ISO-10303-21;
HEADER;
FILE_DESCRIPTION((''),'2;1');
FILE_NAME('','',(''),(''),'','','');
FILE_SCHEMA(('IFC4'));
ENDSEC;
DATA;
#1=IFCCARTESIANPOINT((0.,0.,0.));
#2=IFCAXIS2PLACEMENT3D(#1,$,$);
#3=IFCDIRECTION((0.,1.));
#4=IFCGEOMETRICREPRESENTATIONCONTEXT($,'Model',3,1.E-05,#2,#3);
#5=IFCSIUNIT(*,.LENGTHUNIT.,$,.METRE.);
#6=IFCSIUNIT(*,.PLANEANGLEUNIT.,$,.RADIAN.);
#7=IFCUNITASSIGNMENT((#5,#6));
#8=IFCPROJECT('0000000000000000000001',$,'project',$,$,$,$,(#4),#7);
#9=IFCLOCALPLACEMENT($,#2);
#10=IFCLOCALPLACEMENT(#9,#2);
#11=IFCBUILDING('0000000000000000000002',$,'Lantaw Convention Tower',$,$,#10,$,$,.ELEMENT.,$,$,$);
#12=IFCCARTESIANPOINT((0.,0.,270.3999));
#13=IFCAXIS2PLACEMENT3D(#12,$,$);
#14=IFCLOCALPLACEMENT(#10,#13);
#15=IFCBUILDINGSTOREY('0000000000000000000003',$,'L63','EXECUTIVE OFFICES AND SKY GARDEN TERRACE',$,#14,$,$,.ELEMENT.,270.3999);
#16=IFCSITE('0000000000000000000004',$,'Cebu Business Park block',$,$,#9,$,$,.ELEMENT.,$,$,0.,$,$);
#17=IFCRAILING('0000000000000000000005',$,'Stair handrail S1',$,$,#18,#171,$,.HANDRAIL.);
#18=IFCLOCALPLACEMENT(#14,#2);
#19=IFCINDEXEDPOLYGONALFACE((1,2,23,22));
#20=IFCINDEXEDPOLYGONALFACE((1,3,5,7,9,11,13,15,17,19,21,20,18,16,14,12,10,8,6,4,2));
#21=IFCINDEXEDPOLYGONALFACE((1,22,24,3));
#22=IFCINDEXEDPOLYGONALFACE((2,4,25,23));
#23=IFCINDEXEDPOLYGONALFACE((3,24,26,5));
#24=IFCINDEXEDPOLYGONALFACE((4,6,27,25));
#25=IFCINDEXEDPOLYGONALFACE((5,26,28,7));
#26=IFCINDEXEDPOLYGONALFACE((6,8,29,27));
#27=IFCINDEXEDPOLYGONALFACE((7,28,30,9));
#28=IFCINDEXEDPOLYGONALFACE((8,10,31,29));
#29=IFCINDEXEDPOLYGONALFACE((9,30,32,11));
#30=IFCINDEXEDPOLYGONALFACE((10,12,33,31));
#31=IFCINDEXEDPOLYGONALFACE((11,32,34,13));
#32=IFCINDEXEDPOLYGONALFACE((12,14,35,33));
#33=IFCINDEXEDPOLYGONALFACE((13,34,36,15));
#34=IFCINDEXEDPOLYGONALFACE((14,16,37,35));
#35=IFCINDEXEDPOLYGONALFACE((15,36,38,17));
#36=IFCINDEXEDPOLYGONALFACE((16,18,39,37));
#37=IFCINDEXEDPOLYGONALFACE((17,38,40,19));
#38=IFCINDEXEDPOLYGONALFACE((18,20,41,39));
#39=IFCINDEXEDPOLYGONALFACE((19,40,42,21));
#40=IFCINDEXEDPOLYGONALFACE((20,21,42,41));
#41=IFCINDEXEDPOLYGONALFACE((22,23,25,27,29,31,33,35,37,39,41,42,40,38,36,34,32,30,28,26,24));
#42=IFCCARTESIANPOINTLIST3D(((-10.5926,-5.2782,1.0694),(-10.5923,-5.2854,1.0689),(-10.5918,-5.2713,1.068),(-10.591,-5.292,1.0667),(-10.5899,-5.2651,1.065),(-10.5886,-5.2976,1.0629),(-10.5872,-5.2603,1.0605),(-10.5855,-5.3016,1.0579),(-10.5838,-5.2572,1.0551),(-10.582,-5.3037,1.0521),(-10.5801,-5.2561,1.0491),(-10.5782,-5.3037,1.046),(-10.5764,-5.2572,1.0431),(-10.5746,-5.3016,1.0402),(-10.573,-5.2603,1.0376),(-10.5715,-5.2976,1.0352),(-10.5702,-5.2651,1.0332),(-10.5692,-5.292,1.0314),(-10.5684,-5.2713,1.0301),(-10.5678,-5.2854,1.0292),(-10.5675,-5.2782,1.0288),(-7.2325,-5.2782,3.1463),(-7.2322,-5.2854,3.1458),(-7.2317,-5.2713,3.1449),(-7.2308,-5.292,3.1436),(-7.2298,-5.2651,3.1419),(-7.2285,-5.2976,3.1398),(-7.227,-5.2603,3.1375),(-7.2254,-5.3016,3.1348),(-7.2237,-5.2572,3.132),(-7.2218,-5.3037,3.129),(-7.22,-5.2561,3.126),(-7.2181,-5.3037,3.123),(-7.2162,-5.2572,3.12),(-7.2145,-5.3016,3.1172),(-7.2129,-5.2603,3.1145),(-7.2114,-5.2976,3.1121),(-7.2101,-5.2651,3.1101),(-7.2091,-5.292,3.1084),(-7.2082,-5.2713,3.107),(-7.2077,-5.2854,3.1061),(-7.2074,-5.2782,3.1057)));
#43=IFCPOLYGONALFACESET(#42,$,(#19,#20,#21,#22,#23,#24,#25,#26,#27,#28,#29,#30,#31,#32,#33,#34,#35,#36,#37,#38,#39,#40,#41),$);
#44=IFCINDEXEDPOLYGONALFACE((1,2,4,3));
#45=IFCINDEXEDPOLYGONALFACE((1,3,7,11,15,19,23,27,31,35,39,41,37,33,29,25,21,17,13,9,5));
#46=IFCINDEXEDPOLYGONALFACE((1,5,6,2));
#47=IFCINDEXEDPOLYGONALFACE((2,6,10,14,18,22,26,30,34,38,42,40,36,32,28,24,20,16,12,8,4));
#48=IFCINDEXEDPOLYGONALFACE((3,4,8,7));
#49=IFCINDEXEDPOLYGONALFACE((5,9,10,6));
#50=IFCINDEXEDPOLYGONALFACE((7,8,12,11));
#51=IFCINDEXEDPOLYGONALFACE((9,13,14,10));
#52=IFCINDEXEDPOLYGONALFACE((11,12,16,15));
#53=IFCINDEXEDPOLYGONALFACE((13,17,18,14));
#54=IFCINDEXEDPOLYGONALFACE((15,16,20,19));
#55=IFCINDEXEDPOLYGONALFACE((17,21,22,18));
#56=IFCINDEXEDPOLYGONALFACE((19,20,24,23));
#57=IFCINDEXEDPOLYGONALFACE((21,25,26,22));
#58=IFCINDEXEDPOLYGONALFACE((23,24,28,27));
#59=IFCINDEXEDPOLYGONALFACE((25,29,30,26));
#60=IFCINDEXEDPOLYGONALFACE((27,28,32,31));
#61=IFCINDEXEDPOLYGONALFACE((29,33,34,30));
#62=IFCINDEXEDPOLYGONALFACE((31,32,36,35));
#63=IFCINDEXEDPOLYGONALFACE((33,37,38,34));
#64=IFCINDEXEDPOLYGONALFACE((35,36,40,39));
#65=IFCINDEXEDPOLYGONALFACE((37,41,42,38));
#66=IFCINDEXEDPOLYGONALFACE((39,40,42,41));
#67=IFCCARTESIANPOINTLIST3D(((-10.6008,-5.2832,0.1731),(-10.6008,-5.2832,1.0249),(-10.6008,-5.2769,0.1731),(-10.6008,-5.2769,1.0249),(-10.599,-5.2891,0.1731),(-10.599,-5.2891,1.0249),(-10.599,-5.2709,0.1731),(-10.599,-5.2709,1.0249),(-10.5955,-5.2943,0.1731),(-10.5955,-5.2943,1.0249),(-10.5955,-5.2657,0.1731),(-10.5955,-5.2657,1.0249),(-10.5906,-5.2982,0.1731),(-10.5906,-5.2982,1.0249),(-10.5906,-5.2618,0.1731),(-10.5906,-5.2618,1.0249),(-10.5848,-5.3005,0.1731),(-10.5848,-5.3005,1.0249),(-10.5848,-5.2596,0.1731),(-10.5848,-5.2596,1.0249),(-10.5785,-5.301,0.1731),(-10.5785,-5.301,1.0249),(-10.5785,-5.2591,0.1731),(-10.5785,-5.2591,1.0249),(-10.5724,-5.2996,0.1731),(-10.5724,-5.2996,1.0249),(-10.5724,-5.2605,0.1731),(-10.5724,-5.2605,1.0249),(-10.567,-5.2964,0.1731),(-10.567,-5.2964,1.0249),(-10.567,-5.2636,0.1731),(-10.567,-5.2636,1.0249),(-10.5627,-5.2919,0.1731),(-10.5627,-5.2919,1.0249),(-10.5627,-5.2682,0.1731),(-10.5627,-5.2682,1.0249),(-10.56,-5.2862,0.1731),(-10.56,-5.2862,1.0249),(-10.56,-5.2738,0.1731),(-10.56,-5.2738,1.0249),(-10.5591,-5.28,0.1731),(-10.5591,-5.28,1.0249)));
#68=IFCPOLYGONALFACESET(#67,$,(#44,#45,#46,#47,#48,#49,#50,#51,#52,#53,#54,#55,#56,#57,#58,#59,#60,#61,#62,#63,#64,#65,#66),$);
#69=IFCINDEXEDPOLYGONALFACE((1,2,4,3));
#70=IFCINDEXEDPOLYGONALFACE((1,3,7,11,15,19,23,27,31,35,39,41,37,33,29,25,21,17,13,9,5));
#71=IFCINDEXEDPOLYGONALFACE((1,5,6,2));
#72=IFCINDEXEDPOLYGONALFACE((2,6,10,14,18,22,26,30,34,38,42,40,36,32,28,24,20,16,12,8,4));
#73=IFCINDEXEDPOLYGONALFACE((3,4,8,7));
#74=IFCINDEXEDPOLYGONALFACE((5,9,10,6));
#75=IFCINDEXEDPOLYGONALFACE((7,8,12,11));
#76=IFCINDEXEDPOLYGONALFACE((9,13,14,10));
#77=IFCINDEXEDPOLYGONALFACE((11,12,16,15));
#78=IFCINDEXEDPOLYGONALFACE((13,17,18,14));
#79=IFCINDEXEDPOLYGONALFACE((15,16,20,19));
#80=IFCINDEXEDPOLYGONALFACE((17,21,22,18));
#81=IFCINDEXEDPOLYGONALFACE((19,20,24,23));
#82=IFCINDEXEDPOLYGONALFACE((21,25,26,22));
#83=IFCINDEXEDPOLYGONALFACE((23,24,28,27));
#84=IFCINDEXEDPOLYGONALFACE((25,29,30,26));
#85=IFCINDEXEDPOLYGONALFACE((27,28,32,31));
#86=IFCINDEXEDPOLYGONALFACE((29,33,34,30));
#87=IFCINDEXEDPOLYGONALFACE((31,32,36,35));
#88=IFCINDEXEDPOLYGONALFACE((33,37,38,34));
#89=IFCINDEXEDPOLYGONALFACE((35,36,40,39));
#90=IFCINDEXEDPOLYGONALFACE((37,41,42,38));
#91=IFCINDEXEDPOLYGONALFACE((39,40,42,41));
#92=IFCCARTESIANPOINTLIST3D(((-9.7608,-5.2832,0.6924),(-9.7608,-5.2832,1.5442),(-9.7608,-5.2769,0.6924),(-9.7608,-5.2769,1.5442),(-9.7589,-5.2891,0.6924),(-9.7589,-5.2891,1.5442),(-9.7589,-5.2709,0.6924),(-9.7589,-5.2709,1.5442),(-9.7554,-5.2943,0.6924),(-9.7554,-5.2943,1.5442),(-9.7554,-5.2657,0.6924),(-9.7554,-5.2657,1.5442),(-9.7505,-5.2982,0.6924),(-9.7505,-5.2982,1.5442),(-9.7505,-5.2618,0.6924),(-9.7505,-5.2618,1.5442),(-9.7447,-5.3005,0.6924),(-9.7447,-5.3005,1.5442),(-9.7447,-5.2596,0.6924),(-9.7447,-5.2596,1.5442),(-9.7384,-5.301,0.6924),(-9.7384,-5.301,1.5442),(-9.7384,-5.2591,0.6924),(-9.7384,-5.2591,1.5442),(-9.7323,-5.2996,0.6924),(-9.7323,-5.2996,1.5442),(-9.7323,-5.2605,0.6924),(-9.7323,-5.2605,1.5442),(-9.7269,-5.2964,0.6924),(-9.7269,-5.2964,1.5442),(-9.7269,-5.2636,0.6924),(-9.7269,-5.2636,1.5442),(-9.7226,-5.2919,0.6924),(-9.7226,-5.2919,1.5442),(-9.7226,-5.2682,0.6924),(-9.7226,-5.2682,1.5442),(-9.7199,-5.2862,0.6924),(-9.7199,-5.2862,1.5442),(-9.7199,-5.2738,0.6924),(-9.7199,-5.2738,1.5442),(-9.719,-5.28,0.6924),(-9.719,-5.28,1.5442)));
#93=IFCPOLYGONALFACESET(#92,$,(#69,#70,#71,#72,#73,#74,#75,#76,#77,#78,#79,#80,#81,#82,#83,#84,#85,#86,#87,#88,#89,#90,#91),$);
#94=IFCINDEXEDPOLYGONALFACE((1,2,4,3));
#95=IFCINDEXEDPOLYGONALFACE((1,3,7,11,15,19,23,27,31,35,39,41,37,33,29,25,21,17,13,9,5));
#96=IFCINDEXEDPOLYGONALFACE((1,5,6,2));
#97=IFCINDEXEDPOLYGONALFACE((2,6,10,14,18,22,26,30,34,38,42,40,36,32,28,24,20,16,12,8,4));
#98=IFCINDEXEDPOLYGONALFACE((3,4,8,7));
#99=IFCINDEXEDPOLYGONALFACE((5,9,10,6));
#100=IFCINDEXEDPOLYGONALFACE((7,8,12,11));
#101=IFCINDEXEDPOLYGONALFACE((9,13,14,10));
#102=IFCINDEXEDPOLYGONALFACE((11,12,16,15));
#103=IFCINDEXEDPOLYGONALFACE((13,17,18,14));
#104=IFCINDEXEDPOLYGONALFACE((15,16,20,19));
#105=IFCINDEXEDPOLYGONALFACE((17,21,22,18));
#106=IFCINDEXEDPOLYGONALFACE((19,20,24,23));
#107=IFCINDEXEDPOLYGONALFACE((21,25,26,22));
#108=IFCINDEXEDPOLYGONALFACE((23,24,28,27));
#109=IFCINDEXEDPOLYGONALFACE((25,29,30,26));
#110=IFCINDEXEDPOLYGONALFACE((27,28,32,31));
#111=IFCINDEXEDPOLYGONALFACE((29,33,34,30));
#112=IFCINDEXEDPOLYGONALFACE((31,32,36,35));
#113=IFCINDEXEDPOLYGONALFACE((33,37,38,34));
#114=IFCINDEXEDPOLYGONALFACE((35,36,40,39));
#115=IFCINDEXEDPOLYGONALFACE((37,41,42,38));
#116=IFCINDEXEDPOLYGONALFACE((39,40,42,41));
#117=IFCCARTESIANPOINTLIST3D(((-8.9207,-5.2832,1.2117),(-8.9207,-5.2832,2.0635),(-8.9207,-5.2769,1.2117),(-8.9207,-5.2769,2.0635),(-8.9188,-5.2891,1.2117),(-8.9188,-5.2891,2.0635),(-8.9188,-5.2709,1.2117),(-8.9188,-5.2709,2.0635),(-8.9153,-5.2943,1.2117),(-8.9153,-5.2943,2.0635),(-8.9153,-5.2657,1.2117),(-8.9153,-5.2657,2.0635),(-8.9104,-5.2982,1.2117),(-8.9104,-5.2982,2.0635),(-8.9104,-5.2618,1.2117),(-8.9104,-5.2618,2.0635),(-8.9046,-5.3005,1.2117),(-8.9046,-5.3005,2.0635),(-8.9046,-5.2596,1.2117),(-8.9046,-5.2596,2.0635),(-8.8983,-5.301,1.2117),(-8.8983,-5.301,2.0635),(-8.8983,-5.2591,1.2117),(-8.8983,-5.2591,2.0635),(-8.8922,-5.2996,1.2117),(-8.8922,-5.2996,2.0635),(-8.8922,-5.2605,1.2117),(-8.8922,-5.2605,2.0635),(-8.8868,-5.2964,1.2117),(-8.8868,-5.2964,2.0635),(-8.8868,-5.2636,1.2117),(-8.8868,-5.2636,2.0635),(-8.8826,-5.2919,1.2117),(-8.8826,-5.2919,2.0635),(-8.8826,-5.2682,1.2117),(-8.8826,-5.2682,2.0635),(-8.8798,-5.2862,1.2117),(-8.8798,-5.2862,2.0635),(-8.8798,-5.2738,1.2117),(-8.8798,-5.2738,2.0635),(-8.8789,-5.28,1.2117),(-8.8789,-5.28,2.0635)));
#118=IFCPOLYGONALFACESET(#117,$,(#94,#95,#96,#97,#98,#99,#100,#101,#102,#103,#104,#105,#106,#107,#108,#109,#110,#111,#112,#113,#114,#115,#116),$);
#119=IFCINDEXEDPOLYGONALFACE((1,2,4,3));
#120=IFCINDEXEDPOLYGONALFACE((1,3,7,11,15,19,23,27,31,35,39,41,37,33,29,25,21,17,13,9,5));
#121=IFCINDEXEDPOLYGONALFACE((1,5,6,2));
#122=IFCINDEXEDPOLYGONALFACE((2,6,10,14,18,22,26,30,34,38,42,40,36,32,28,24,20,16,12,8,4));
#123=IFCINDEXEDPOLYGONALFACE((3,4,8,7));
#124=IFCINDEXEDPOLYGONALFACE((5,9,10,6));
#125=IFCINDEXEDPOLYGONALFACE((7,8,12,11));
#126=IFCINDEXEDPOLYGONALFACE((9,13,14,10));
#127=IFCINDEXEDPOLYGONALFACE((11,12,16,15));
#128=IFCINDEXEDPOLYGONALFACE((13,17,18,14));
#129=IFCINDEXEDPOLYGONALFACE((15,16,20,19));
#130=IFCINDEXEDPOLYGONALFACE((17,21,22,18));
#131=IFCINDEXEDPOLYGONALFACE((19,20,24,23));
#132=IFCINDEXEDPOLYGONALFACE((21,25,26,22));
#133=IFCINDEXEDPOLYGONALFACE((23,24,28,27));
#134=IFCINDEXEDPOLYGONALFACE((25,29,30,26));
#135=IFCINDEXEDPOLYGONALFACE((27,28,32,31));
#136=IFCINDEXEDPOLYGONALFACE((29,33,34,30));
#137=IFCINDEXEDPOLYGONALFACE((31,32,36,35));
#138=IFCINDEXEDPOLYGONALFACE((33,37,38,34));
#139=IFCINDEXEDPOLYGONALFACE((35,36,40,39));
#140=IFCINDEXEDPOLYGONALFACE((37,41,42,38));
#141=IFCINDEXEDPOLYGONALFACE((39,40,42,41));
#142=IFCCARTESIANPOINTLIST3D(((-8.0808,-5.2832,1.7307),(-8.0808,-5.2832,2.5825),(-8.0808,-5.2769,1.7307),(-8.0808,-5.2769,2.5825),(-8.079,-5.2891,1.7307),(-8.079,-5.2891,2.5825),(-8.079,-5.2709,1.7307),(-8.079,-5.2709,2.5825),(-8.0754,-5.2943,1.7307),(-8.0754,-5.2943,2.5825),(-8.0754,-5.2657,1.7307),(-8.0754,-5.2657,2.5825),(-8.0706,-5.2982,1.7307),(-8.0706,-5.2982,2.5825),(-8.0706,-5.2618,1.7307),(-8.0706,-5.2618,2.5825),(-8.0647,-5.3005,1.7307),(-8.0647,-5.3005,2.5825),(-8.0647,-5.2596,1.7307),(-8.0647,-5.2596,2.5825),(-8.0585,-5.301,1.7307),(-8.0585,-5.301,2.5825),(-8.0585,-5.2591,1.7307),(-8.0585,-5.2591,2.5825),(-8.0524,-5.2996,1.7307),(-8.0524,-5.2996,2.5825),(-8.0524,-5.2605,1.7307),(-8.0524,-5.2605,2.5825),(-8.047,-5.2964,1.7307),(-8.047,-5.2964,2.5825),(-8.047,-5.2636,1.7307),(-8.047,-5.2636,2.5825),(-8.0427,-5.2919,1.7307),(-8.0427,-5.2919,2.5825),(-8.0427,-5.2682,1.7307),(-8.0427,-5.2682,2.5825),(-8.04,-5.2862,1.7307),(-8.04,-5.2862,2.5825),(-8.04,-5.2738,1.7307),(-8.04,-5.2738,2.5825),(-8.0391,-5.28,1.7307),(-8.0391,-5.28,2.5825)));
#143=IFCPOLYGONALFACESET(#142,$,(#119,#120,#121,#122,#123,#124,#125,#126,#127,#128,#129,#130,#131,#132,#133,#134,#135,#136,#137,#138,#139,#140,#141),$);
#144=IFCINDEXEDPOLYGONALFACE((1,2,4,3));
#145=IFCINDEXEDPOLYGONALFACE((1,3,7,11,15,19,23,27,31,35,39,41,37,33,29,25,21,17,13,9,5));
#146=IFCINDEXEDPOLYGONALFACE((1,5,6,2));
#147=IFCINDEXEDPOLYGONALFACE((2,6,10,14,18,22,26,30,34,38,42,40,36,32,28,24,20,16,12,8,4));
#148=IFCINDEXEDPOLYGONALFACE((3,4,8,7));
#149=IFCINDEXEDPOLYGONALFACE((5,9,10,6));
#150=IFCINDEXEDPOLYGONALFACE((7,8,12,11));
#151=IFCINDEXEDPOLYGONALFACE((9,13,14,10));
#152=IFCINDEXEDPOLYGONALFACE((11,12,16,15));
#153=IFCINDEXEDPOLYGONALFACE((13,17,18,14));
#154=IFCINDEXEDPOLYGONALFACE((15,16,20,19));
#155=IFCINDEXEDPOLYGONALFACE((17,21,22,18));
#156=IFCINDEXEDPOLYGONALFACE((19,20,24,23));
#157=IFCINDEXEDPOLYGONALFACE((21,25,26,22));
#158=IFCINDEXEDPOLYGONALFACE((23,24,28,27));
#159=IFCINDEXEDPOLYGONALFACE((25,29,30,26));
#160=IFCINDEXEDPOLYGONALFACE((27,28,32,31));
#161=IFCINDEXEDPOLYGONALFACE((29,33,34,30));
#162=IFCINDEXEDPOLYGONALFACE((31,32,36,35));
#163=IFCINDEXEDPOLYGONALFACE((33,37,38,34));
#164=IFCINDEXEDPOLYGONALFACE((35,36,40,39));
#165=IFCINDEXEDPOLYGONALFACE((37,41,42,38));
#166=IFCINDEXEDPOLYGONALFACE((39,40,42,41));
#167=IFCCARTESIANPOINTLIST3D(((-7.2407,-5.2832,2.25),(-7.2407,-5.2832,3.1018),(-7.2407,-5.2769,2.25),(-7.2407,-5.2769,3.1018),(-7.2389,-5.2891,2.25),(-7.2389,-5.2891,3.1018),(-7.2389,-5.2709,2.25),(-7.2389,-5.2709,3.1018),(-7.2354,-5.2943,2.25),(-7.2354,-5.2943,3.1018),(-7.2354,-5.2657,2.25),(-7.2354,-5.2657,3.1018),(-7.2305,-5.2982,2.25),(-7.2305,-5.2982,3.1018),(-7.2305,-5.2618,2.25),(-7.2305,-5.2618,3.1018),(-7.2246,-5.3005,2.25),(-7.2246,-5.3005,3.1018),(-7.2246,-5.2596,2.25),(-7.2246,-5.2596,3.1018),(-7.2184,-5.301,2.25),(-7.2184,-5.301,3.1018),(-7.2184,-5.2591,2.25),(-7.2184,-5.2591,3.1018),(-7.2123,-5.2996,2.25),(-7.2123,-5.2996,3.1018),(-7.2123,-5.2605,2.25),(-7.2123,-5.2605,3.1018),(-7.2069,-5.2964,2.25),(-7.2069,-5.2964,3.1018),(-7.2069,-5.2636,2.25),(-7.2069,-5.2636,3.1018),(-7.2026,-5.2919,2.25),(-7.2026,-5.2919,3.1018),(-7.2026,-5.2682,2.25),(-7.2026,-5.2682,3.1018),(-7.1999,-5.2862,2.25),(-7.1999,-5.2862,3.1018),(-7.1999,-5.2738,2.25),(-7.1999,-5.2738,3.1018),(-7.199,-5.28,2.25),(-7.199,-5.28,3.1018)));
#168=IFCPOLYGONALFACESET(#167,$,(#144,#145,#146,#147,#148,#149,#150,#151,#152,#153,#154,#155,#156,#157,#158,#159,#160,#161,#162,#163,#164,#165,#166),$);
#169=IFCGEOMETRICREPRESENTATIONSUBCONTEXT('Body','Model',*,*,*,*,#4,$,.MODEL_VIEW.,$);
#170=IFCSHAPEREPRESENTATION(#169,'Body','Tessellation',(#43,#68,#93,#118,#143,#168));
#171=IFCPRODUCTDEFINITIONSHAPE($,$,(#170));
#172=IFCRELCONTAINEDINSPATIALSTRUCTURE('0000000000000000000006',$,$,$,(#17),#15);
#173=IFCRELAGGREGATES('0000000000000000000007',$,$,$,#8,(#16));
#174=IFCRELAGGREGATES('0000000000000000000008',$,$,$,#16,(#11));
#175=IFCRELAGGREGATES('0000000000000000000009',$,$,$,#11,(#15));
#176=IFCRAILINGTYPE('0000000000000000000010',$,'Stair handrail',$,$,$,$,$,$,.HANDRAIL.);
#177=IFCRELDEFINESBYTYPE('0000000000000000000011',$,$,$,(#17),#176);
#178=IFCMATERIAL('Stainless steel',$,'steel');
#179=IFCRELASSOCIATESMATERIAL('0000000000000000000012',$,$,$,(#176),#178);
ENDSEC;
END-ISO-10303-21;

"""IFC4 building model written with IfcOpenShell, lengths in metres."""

from ifc_helpers import new_model, si_unit, direction, frame, origin, origin_2d, place, context, subcontext, project, spatial, circle, extrude, material, type_object, element, save


model = new_model("IFC4")

# Units and contexts
model_context = context("Model", 3, precision=1e-05, world=origin(), true_north=direction((0.0, 1.0)))
body_context = subcontext(model_context, "Body", "Model", "MODEL_VIEW")
ifc_project = project(units=[si_unit("LENGTHUNIT", "METRE"), si_unit("PLANEANGLEUNIT", "RADIAN")], contexts=[model_context])

# Site, building, storey
site_placement = place(None, origin())
site = spatial("IfcSite", under=ifc_project, at=site_placement, Name="Cebu Business Park block", CompositionType="ELEMENT", RefElevation=0.0)
building_placement = place(site_placement, origin())
building = spatial("IfcBuilding", under=site, at=building_placement, Name="Lantaw Convention Tower", CompositionType="ELEMENT")
storey_placement = place(building_placement, frame((0.0, 0.0, 270.3999)))
storey = spatial("IfcBuildingStorey", under=building, at=storey_placement, Name="L63", Description="EXECUTIVE OFFICES AND SKY GARDEN TERRACE", CompositionType="ELEMENT", Elevation=270.3999)

# Shared definitions
ifc_material_1 = material(Name="Stainless steel", Category="steel")

# Railing
railing_type = type_object("IfcRailingType", Name="Stair handrail", PredefinedType="HANDRAIL", material=ifc_material_1)
railing_1_placement = place(storey_placement, frame((-10.5801, -5.28, 0.1731)))
element("IfcRailing", 1, at=railing_1_placement, inside=storey, type_object=railing_type, Name="Stair handrail S1", PredefinedType="HANDRAIL", context=body_context, shape_type="SweptSolid", body=[
    extrude(circle(Radius=0.0239, at=origin_2d()), frame((0.0, 0.0, 0.876), z_axis=(0.850623, 0.0, 0.525776), x_axis=(0.0, 1.0, 0.0)), (0.0, 0.0, 1.0), 3.9502),
    extrude(circle(Radius=0.021, at=origin_2d()), origin(), (0.0, 0.0, 1.0), 0.8518),
    extrude(circle(Radius=0.021, at=origin_2d()), frame((0.8401, 0.0, 0.5193)), (0.0, 0.0, 1.0), 0.8518),
    extrude(circle(Radius=0.021, at=origin_2d()), frame((1.6802, 0.0, 1.0386)), (0.0, 0.0, 1.0), 0.8518),
    extrude(circle(Radius=0.021, at=origin_2d()), frame((2.52, 0.0, 1.5576)), (0.0, 0.0, 1.0), 0.8518),
    extrude(circle(Radius=0.021, at=origin_2d()), frame((3.3601, 0.0, 2.0769)), (0.0, 0.0, 1.0), 0.8518),
])

save(model, "model.ifc")
